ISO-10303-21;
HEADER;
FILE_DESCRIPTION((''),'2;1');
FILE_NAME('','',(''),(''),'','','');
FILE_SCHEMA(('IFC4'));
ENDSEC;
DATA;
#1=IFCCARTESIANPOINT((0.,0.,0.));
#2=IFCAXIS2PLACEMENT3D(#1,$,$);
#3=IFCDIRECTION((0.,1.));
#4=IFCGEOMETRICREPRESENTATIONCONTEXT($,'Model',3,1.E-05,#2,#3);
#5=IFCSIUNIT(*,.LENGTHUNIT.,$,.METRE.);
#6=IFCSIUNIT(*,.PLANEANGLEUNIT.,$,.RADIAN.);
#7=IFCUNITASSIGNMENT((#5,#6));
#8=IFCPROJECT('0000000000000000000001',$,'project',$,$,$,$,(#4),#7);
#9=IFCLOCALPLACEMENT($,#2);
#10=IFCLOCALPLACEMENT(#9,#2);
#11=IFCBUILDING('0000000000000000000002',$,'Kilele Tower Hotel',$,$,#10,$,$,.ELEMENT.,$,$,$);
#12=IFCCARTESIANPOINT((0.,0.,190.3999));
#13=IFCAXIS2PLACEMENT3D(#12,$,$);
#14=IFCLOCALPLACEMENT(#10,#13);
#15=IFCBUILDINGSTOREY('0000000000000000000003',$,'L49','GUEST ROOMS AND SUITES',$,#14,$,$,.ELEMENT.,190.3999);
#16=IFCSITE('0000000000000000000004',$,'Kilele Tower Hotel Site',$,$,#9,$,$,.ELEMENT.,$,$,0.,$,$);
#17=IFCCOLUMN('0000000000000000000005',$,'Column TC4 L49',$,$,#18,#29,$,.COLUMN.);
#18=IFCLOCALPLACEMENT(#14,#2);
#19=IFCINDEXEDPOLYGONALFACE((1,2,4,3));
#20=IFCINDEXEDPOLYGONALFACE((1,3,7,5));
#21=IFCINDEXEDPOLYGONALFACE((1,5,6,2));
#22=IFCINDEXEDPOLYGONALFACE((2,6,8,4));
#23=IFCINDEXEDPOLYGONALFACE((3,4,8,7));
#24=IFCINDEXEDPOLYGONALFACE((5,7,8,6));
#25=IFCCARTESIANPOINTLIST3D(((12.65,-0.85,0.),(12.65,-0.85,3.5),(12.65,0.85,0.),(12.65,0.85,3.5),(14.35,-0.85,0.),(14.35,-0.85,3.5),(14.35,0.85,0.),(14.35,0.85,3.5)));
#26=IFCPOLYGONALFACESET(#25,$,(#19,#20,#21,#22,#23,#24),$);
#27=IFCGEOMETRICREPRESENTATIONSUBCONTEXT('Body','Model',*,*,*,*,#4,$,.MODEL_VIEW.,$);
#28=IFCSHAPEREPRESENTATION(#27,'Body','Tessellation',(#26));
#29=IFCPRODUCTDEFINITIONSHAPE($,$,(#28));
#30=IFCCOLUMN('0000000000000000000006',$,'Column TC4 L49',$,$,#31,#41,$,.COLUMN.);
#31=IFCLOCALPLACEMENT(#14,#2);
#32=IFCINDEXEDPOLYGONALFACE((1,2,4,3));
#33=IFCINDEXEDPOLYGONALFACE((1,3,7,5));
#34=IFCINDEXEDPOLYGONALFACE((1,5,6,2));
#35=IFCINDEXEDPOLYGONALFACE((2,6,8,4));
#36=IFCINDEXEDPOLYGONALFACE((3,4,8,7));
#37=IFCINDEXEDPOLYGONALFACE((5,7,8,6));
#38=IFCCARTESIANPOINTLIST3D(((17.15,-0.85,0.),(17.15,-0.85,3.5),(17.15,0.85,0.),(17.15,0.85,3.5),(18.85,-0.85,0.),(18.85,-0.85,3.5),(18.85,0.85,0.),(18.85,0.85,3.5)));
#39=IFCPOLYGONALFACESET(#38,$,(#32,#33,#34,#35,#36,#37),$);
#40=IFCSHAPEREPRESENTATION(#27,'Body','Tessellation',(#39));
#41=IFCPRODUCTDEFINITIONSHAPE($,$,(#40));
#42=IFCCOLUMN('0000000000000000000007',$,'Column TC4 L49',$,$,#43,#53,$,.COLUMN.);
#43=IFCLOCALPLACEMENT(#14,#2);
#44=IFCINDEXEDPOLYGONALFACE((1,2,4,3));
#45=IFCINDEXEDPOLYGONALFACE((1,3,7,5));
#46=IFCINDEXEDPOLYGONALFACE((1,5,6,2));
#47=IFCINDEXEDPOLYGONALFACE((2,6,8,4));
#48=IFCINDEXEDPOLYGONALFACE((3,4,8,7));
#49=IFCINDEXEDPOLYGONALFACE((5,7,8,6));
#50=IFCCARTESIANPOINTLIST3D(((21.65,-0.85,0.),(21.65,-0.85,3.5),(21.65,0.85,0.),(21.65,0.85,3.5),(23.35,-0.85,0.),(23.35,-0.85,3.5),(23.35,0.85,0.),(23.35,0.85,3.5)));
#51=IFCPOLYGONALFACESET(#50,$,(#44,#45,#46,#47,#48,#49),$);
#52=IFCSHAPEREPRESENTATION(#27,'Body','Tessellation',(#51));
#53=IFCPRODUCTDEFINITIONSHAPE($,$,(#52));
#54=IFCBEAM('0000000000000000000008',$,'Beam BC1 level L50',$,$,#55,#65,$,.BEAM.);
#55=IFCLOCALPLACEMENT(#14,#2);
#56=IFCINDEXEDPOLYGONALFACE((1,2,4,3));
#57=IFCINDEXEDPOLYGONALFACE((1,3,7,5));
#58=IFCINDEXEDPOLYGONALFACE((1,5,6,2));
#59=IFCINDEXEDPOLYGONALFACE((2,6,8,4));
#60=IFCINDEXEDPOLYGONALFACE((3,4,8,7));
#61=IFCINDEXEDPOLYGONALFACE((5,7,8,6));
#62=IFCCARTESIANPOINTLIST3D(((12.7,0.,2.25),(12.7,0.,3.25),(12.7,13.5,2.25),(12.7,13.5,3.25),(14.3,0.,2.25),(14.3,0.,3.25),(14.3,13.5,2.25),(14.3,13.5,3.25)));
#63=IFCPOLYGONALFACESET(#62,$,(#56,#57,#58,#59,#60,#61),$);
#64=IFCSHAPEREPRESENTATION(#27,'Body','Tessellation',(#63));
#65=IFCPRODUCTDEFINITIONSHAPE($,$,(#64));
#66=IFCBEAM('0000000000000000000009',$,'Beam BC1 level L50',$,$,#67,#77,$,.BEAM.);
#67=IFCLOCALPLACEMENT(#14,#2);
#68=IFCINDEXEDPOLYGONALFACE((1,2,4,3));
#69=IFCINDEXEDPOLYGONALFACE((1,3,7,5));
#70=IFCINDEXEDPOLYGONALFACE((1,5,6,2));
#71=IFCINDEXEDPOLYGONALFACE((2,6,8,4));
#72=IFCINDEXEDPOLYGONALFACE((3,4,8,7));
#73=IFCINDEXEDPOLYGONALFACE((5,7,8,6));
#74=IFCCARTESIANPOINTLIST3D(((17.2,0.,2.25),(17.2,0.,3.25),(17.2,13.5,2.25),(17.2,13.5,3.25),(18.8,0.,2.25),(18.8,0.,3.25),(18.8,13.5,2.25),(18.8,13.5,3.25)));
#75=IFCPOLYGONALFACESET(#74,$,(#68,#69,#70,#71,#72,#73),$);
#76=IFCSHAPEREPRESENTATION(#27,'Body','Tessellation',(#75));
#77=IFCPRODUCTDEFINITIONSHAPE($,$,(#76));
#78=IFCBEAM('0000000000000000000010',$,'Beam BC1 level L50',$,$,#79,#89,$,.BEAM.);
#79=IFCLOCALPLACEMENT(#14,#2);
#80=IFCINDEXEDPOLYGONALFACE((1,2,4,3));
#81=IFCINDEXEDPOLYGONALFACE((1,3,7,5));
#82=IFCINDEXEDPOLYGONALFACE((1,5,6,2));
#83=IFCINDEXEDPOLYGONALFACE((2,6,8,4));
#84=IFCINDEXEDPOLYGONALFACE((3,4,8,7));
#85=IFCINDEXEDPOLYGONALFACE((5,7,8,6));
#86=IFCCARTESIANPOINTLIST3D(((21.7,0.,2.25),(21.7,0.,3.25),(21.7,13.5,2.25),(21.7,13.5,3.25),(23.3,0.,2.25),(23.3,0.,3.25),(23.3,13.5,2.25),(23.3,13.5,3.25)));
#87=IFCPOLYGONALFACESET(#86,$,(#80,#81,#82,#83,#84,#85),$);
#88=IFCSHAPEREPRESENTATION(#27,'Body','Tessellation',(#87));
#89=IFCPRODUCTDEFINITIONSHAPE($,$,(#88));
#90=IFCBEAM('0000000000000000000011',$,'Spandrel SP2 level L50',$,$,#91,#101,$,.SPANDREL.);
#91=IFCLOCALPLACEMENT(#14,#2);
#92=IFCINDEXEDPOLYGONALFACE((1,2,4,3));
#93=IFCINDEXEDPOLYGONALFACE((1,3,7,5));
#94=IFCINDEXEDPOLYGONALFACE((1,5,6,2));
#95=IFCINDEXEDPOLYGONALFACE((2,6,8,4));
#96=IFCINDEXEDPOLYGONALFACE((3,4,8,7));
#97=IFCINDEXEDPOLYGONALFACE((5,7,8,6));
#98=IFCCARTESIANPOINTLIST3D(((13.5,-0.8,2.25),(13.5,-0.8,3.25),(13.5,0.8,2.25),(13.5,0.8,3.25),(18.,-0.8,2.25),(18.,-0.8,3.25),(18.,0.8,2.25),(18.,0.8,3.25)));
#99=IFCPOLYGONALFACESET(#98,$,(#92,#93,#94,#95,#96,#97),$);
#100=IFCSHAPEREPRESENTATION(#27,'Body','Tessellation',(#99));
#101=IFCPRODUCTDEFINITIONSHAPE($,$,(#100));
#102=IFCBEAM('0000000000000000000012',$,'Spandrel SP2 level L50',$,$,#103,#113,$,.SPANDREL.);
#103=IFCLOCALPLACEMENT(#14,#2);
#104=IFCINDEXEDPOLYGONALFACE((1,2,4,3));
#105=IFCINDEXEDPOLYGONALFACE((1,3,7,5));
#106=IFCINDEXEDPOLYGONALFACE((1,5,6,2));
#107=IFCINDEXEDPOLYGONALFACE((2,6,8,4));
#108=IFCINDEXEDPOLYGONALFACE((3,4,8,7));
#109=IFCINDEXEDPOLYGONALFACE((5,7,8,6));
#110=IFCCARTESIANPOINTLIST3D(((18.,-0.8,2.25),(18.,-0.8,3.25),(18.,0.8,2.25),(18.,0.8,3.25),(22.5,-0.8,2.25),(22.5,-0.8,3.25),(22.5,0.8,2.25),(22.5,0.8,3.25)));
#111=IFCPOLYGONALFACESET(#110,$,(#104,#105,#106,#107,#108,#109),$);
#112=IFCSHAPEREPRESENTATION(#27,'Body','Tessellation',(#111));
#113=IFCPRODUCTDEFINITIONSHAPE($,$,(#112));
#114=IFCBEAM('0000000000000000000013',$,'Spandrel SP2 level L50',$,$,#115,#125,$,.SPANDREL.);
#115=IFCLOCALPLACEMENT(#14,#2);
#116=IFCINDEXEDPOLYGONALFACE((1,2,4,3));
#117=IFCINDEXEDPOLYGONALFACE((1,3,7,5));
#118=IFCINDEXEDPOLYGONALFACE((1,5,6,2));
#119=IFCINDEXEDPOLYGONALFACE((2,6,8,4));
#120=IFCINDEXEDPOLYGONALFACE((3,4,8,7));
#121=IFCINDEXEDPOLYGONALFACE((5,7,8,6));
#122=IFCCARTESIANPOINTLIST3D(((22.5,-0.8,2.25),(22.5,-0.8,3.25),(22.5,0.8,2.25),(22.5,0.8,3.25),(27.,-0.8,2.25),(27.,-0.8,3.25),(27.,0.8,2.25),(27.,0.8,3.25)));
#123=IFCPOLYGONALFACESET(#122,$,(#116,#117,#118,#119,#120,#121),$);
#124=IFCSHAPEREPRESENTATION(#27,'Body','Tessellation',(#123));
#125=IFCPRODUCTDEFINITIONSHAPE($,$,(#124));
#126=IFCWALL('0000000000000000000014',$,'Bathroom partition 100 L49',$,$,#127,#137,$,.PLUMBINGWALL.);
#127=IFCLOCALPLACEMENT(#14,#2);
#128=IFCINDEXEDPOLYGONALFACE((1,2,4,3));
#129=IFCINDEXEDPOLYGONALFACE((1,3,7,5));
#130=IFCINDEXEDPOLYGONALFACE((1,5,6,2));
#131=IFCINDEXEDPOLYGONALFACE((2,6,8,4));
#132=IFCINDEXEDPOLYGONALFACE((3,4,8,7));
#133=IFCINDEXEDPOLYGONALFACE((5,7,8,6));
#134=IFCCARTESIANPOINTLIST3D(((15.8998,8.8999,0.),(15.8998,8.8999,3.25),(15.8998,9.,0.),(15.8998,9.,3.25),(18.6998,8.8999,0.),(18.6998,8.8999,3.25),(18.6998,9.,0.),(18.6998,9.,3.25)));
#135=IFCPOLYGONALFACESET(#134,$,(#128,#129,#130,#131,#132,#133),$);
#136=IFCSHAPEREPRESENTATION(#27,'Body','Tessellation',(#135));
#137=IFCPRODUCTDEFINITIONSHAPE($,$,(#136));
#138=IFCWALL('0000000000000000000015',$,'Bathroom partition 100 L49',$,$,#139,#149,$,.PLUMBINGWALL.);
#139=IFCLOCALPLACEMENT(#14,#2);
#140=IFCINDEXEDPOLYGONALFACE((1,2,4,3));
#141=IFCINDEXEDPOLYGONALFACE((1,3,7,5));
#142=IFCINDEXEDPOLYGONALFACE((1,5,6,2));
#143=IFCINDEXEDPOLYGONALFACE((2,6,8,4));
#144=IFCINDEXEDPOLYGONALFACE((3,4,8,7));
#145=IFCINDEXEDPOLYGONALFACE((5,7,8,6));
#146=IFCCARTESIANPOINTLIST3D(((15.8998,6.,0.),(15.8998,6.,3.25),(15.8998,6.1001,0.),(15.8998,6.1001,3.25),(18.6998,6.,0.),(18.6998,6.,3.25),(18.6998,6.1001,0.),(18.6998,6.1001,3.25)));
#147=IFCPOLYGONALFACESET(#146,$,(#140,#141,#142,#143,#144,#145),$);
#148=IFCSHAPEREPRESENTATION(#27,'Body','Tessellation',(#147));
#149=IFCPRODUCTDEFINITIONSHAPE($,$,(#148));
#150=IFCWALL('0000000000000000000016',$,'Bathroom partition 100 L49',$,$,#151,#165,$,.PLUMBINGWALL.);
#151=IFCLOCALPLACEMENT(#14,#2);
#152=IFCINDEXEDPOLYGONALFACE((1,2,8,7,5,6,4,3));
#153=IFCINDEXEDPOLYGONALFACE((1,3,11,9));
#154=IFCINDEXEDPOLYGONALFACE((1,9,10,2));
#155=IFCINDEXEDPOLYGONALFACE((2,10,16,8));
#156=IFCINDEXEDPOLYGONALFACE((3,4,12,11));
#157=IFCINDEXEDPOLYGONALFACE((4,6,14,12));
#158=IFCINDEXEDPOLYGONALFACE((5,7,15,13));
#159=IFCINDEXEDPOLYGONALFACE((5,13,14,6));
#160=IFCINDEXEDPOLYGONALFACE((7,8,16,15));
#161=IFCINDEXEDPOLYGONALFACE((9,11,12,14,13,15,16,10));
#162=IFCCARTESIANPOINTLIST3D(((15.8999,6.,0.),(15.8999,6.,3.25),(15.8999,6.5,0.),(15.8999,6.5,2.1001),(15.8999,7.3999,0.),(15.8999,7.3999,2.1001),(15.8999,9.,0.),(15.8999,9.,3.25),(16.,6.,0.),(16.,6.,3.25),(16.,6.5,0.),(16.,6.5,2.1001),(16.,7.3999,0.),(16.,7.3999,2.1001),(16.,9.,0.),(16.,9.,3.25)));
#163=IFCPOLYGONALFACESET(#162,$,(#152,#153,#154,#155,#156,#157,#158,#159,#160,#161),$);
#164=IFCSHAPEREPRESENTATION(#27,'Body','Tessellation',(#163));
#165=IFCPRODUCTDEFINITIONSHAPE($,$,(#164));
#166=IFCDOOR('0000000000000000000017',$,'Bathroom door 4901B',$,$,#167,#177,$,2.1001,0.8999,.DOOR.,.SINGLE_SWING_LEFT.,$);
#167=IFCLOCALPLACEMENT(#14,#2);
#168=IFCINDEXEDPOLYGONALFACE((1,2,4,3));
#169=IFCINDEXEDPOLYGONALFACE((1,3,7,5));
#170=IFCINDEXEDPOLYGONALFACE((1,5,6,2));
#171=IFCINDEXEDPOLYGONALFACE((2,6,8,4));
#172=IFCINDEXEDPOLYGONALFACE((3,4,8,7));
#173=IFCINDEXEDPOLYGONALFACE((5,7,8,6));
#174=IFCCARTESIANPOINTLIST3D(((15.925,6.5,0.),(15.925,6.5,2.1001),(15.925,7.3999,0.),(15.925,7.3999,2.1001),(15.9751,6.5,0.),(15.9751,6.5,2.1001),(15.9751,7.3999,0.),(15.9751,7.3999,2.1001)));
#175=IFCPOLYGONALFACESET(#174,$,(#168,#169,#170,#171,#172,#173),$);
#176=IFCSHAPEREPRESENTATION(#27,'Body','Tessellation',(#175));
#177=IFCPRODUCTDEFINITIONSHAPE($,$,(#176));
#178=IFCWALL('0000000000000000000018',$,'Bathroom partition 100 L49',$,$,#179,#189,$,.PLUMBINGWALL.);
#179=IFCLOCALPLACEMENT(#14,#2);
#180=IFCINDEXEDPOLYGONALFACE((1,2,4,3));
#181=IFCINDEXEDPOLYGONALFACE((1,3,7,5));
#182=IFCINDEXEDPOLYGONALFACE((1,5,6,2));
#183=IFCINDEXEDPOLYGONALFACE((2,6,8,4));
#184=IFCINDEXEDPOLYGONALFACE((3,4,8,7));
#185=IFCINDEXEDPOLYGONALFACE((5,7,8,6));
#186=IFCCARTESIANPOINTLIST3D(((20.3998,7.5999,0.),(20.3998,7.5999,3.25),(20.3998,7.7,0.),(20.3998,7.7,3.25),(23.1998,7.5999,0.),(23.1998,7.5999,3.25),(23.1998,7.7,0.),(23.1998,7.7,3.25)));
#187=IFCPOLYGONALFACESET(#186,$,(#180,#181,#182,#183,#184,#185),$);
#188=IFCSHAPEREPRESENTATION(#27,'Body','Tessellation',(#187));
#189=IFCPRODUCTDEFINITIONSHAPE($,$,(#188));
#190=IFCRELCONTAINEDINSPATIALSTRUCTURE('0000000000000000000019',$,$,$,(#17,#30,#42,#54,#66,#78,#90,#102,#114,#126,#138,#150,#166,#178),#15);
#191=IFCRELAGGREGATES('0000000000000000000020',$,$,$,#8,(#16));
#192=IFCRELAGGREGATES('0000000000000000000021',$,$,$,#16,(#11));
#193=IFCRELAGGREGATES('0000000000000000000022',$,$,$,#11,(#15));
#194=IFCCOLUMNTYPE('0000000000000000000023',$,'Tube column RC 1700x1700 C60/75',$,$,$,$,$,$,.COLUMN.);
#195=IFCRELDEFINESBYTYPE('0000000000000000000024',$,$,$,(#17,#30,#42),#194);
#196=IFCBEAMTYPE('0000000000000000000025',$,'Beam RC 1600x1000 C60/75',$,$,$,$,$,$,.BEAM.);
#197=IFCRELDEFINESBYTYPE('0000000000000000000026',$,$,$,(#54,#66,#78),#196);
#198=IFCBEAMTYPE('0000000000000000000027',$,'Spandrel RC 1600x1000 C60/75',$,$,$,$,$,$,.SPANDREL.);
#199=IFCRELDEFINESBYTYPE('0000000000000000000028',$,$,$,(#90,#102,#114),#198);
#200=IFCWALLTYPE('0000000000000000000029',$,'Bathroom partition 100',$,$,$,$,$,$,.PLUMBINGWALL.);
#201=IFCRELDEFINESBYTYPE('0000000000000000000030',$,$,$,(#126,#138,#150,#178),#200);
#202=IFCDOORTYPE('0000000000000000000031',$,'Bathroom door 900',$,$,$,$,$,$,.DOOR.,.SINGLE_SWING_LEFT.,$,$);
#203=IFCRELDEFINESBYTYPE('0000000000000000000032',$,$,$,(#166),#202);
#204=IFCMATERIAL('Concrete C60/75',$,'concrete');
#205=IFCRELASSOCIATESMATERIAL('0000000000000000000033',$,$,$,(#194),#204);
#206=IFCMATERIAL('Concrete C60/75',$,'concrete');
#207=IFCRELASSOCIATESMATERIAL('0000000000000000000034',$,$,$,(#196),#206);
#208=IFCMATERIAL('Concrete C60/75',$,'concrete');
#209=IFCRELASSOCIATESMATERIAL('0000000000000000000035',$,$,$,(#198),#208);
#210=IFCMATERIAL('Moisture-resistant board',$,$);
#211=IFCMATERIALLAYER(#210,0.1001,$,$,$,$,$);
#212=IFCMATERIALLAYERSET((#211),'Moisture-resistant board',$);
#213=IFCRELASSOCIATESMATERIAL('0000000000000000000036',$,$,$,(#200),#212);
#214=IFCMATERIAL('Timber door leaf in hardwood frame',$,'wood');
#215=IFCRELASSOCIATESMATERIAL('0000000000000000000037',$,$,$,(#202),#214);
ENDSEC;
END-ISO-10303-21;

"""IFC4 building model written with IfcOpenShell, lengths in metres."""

from ifc_helpers import new_model, si_unit, direction, frame, frame_2d, origin, origin_2d, place, context, subcontext, project, spatial, rectangle, extrude, material, layer, layer_set, material_profile, profile_set, type_object, element, fill, save


model = new_model("IFC4")

# Units and contexts
model_context = context("Model", 3, precision=1e-05, world=origin(), true_north=direction((0.0, 1.0)))
body_context = subcontext(model_context, "Body", "Model", "MODEL_VIEW")
ifc_project = project(units=[si_unit("LENGTHUNIT", "METRE"), si_unit("PLANEANGLEUNIT", "RADIAN")], contexts=[model_context])

# Site, building, storey
site_placement = place(None, origin())
site = spatial("IfcSite", under=ifc_project, at=site_placement, Name="Kilele Tower Hotel Site", CompositionType="ELEMENT", RefElevation=0.0)
building_placement = place(site_placement, origin())
building = spatial("IfcBuilding", under=site, at=building_placement, Name="Kilele Tower Hotel", CompositionType="ELEMENT")
storey_placement = place(building_placement, frame((0.0, 0.0, 190.3999)))
storey = spatial("IfcBuildingStorey", under=building, at=storey_placement, Name="L49", Description="GUEST ROOMS AND SUITES", CompositionType="ELEMENT", Elevation=190.3999)

# Columns
ifc_material_1 = material(Name="Concrete C60/75", Category="concrete")
ifc_material_profile_1 = material_profile(ifc_material_1, rectangle(XDim=1.7, YDim=1.7, at=origin_2d()))
ifc_profile_set_1 = profile_set([ifc_material_profile_1], Name="Concrete C60/75")
column_type = type_object("IfcColumnType", Name="Tube column RC 1700x1700 C60/75", PredefinedType="COLUMN", material=ifc_profile_set_1)
for number, where, z_axis, x_axis, name in (
    (1, (13.5, 0.0, 0.0), (0.0, 0.0, 1.0), (1.0, 0.0, 0.0), "Column TC4 L49"),
    (2, (18.0, 0.0, 0.0), (0.0, 0.0, 1.0), (1.0, 0.0, 0.0), "Column TC4 L49"),
    (3, (22.5, 0.0, 0.0), (0.0, 0.0, 1.0), (1.0, 0.0, 0.0), "Column TC4 L49"),
):
    element("IfcColumn", number, at=place(storey_placement, frame(where, z_axis=z_axis, x_axis=x_axis)), inside=storey, type_object=column_type, Name=name, PredefinedType="COLUMN", context=body_context, shape_type="SweptSolid", body=[
        extrude(rectangle(XDim=1.7, YDim=1.7, at=origin_2d()), origin(), (0.0, 0.0, 1.0), 3.5),
    ])

# Beams
ifc_material_2 = material(Name="Concrete C60/75", Category="concrete")
ifc_material_profile_2 = material_profile(ifc_material_2, rectangle(XDim=1.6001, YDim=1.0, at=origin_2d()))
ifc_profile_set_2 = profile_set([ifc_material_profile_2], Name="Concrete C60/75")
beam_type_1 = type_object("IfcBeamType", Name="Beam RC 1600x1000 C60/75", PredefinedType="BEAM", material=ifc_profile_set_2)
for number, where, z_axis, x_axis, name in (
    (4, (13.5, 0.0, 2.75), (0.0, 1.0, 0.0), (-1.0, 0.0, 0.0), "Beam BC1 level L50"),
    (5, (18.0, 0.0, 2.75), (0.0, 1.0, 0.0), (-1.0, 0.0, 0.0), "Beam BC1 level L50"),
    (6, (22.5, 0.0, 2.75), (0.0, 1.0, 0.0), (-1.0, 0.0, 0.0), "Beam BC1 level L50"),
):
    element("IfcBeam", number, at=place(storey_placement, frame(where, z_axis=z_axis, x_axis=x_axis)), inside=storey, type_object=beam_type_1, Name=name, PredefinedType="BEAM", context=body_context, shape_type="SweptSolid", body=[
        extrude(rectangle(XDim=1.6001, YDim=1.0, at=origin_2d()), origin(), (0.0, 0.0, 1.0), 13.5),
    ])
ifc_material_3 = material(Name="Concrete C60/75", Category="concrete")
ifc_material_profile_3 = material_profile(ifc_material_3, rectangle(XDim=1.6001, YDim=1.0, at=origin_2d()))
ifc_profile_set_3 = profile_set([ifc_material_profile_3], Name="Concrete C60/75")
beam_type_2 = type_object("IfcBeamType", Name="Spandrel RC 1600x1000 C60/75", PredefinedType="SPANDREL", material=ifc_profile_set_3)
for number, where, z_axis, x_axis, name in (
    (7, (13.5, 0.0, 2.75), (1.0, 0.0, 0.0), (0.0, 1.0, 0.0), "Spandrel SP2 level L50"),
    (8, (18.0, 0.0, 2.75), (1.0, 0.0, 0.0), (0.0, 1.0, 0.0), "Spandrel SP2 level L50"),
    (9, (22.5, 0.0, 2.75), (1.0, 0.0, 0.0), (0.0, 1.0, 0.0), "Spandrel SP2 level L50"),
):
    element("IfcBeam", number, at=place(storey_placement, frame(where, z_axis=z_axis, x_axis=x_axis)), inside=storey, type_object=beam_type_2, Name=name, PredefinedType="SPANDREL", context=body_context, shape_type="SweptSolid", body=[
        extrude(rectangle(XDim=1.6001, YDim=1.0, at=origin_2d()), origin(), (0.0, 0.0, 1.0), 4.5),
    ])

# Walls
ifc_material_4 = material(Name="Moisture-resistant board")
ifc_layer_1 = layer(ifc_material_4, 0.1001)
ifc_layer_set_1 = layer_set([ifc_layer_1], Name="Moisture-resistant board")
wall_type_1 = type_object("IfcWallType", Name="Bathroom partition 100", PredefinedType="PLUMBINGWALL", material=ifc_layer_set_1)
for number, where, z_axis, x_axis, name in (
    (10, (15.8999, 8.95, 0.0), (0.0, 0.0, 1.0), (1.0, 0.0, 0.0), "Bathroom partition 100 L49"),
    (11, (15.8999, 6.05, 0.0), (0.0, 0.0, 1.0), (1.0, 0.0, 0.0), "Bathroom partition 100 L49"),
):
    element("IfcWall", number, at=place(storey_placement, frame(where, z_axis=z_axis, x_axis=x_axis)), inside=storey, type_object=wall_type_1, Name=name, PredefinedType="PLUMBINGWALL", context=body_context, shape_type="SweptSolid", body=[
        extrude(rectangle(XDim=2.8, YDim=0.1001, at=frame_2d((1.3999, 0.0))), origin(), (0.0, 0.0, 1.0), 3.25),
    ])

# Wall, opening, door
wall_1_placement = place(storey_placement, frame((15.95, 9.0, 0.0), z_axis=(0.0, 0.0, 1.0), x_axis=(0.0, -1.0, 0.0)))
wall_1 = element("IfcWall", 12, at=wall_1_placement, inside=storey, type_object=wall_type_1, Name="Bathroom partition 100 L49", PredefinedType="PLUMBINGWALL", context=body_context, shape_type="SweptSolid", body=[
    extrude(rectangle(XDim=3.0, YDim=0.1001, at=frame_2d((1.5, 0.0))), origin(), (0.0, 0.0, 1.0), 3.25),
])
opening_1_placement = place(wall_1_placement, frame((2.5, 0.0, 0.0), z_axis=(0.0, 0.0, 1.0), x_axis=(-1.0, 0.0, 0.0)))
opening_1 = element("IfcOpeningElement", 13, at=opening_1_placement, cuts=wall_1, PredefinedType="OPENING", context=body_context, shape_type="SweptSolid", body=[
    extrude(rectangle(XDim=0.8999, YDim=2.1001, at=frame_2d((0.45, 1.05))), frame((0.0, 0.0601, 0.0), z_axis=(0.0, -1.0, 0.0), x_axis=(1.0, 0.0, 0.0)), (0.0, 0.0, 1.0), 0.1201),
])
ifc_material_5 = material(Name="Timber door leaf in hardwood frame", Category="wood")
door_type_1 = type_object("IfcDoorType", Name="Bathroom door 900", OperationType="SINGLE_SWING_LEFT", PredefinedType="DOOR", material=ifc_material_5)
door_1_placement = place(opening_1_placement, origin())
door_1 = element("IfcDoor", 14, at=door_1_placement, inside=storey, type_object=door_type_1, Name="Bathroom door 4901B", OperationType="SINGLE_SWING_LEFT", OverallHeight=2.1001, OverallWidth=0.8999, PredefinedType="DOOR", context=body_context, shape_type="SweptSolid", body=[
    extrude(rectangle(XDim=0.8999, YDim=2.1001, at=frame_2d((0.45, 1.05))), frame((0.0, 0.0249, 0.0), z_axis=(0.0, -1.0, 0.0), x_axis=(1.0, 0.0, 0.0)), (0.0, 0.0, 1.0), 0.05),
])
fill(opening_1, door_1)

# Wall
wall_2_placement = place(storey_placement, frame((20.3999, 7.6499, 0.0), z_axis=(0.0, 0.0, 1.0), x_axis=(1.0, 0.0, 0.0)))
element("IfcWall", 15, at=wall_2_placement, inside=storey, type_object=wall_type_1, Name="Bathroom partition 100 L49", PredefinedType="PLUMBINGWALL", context=body_context, shape_type="SweptSolid", body=[
    extrude(rectangle(XDim=2.8, YDim=0.1001, at=frame_2d((1.3999, 0.0))), origin(), (0.0, 0.0, 1.0), 3.25),
])

save(model, "model.ifc")
